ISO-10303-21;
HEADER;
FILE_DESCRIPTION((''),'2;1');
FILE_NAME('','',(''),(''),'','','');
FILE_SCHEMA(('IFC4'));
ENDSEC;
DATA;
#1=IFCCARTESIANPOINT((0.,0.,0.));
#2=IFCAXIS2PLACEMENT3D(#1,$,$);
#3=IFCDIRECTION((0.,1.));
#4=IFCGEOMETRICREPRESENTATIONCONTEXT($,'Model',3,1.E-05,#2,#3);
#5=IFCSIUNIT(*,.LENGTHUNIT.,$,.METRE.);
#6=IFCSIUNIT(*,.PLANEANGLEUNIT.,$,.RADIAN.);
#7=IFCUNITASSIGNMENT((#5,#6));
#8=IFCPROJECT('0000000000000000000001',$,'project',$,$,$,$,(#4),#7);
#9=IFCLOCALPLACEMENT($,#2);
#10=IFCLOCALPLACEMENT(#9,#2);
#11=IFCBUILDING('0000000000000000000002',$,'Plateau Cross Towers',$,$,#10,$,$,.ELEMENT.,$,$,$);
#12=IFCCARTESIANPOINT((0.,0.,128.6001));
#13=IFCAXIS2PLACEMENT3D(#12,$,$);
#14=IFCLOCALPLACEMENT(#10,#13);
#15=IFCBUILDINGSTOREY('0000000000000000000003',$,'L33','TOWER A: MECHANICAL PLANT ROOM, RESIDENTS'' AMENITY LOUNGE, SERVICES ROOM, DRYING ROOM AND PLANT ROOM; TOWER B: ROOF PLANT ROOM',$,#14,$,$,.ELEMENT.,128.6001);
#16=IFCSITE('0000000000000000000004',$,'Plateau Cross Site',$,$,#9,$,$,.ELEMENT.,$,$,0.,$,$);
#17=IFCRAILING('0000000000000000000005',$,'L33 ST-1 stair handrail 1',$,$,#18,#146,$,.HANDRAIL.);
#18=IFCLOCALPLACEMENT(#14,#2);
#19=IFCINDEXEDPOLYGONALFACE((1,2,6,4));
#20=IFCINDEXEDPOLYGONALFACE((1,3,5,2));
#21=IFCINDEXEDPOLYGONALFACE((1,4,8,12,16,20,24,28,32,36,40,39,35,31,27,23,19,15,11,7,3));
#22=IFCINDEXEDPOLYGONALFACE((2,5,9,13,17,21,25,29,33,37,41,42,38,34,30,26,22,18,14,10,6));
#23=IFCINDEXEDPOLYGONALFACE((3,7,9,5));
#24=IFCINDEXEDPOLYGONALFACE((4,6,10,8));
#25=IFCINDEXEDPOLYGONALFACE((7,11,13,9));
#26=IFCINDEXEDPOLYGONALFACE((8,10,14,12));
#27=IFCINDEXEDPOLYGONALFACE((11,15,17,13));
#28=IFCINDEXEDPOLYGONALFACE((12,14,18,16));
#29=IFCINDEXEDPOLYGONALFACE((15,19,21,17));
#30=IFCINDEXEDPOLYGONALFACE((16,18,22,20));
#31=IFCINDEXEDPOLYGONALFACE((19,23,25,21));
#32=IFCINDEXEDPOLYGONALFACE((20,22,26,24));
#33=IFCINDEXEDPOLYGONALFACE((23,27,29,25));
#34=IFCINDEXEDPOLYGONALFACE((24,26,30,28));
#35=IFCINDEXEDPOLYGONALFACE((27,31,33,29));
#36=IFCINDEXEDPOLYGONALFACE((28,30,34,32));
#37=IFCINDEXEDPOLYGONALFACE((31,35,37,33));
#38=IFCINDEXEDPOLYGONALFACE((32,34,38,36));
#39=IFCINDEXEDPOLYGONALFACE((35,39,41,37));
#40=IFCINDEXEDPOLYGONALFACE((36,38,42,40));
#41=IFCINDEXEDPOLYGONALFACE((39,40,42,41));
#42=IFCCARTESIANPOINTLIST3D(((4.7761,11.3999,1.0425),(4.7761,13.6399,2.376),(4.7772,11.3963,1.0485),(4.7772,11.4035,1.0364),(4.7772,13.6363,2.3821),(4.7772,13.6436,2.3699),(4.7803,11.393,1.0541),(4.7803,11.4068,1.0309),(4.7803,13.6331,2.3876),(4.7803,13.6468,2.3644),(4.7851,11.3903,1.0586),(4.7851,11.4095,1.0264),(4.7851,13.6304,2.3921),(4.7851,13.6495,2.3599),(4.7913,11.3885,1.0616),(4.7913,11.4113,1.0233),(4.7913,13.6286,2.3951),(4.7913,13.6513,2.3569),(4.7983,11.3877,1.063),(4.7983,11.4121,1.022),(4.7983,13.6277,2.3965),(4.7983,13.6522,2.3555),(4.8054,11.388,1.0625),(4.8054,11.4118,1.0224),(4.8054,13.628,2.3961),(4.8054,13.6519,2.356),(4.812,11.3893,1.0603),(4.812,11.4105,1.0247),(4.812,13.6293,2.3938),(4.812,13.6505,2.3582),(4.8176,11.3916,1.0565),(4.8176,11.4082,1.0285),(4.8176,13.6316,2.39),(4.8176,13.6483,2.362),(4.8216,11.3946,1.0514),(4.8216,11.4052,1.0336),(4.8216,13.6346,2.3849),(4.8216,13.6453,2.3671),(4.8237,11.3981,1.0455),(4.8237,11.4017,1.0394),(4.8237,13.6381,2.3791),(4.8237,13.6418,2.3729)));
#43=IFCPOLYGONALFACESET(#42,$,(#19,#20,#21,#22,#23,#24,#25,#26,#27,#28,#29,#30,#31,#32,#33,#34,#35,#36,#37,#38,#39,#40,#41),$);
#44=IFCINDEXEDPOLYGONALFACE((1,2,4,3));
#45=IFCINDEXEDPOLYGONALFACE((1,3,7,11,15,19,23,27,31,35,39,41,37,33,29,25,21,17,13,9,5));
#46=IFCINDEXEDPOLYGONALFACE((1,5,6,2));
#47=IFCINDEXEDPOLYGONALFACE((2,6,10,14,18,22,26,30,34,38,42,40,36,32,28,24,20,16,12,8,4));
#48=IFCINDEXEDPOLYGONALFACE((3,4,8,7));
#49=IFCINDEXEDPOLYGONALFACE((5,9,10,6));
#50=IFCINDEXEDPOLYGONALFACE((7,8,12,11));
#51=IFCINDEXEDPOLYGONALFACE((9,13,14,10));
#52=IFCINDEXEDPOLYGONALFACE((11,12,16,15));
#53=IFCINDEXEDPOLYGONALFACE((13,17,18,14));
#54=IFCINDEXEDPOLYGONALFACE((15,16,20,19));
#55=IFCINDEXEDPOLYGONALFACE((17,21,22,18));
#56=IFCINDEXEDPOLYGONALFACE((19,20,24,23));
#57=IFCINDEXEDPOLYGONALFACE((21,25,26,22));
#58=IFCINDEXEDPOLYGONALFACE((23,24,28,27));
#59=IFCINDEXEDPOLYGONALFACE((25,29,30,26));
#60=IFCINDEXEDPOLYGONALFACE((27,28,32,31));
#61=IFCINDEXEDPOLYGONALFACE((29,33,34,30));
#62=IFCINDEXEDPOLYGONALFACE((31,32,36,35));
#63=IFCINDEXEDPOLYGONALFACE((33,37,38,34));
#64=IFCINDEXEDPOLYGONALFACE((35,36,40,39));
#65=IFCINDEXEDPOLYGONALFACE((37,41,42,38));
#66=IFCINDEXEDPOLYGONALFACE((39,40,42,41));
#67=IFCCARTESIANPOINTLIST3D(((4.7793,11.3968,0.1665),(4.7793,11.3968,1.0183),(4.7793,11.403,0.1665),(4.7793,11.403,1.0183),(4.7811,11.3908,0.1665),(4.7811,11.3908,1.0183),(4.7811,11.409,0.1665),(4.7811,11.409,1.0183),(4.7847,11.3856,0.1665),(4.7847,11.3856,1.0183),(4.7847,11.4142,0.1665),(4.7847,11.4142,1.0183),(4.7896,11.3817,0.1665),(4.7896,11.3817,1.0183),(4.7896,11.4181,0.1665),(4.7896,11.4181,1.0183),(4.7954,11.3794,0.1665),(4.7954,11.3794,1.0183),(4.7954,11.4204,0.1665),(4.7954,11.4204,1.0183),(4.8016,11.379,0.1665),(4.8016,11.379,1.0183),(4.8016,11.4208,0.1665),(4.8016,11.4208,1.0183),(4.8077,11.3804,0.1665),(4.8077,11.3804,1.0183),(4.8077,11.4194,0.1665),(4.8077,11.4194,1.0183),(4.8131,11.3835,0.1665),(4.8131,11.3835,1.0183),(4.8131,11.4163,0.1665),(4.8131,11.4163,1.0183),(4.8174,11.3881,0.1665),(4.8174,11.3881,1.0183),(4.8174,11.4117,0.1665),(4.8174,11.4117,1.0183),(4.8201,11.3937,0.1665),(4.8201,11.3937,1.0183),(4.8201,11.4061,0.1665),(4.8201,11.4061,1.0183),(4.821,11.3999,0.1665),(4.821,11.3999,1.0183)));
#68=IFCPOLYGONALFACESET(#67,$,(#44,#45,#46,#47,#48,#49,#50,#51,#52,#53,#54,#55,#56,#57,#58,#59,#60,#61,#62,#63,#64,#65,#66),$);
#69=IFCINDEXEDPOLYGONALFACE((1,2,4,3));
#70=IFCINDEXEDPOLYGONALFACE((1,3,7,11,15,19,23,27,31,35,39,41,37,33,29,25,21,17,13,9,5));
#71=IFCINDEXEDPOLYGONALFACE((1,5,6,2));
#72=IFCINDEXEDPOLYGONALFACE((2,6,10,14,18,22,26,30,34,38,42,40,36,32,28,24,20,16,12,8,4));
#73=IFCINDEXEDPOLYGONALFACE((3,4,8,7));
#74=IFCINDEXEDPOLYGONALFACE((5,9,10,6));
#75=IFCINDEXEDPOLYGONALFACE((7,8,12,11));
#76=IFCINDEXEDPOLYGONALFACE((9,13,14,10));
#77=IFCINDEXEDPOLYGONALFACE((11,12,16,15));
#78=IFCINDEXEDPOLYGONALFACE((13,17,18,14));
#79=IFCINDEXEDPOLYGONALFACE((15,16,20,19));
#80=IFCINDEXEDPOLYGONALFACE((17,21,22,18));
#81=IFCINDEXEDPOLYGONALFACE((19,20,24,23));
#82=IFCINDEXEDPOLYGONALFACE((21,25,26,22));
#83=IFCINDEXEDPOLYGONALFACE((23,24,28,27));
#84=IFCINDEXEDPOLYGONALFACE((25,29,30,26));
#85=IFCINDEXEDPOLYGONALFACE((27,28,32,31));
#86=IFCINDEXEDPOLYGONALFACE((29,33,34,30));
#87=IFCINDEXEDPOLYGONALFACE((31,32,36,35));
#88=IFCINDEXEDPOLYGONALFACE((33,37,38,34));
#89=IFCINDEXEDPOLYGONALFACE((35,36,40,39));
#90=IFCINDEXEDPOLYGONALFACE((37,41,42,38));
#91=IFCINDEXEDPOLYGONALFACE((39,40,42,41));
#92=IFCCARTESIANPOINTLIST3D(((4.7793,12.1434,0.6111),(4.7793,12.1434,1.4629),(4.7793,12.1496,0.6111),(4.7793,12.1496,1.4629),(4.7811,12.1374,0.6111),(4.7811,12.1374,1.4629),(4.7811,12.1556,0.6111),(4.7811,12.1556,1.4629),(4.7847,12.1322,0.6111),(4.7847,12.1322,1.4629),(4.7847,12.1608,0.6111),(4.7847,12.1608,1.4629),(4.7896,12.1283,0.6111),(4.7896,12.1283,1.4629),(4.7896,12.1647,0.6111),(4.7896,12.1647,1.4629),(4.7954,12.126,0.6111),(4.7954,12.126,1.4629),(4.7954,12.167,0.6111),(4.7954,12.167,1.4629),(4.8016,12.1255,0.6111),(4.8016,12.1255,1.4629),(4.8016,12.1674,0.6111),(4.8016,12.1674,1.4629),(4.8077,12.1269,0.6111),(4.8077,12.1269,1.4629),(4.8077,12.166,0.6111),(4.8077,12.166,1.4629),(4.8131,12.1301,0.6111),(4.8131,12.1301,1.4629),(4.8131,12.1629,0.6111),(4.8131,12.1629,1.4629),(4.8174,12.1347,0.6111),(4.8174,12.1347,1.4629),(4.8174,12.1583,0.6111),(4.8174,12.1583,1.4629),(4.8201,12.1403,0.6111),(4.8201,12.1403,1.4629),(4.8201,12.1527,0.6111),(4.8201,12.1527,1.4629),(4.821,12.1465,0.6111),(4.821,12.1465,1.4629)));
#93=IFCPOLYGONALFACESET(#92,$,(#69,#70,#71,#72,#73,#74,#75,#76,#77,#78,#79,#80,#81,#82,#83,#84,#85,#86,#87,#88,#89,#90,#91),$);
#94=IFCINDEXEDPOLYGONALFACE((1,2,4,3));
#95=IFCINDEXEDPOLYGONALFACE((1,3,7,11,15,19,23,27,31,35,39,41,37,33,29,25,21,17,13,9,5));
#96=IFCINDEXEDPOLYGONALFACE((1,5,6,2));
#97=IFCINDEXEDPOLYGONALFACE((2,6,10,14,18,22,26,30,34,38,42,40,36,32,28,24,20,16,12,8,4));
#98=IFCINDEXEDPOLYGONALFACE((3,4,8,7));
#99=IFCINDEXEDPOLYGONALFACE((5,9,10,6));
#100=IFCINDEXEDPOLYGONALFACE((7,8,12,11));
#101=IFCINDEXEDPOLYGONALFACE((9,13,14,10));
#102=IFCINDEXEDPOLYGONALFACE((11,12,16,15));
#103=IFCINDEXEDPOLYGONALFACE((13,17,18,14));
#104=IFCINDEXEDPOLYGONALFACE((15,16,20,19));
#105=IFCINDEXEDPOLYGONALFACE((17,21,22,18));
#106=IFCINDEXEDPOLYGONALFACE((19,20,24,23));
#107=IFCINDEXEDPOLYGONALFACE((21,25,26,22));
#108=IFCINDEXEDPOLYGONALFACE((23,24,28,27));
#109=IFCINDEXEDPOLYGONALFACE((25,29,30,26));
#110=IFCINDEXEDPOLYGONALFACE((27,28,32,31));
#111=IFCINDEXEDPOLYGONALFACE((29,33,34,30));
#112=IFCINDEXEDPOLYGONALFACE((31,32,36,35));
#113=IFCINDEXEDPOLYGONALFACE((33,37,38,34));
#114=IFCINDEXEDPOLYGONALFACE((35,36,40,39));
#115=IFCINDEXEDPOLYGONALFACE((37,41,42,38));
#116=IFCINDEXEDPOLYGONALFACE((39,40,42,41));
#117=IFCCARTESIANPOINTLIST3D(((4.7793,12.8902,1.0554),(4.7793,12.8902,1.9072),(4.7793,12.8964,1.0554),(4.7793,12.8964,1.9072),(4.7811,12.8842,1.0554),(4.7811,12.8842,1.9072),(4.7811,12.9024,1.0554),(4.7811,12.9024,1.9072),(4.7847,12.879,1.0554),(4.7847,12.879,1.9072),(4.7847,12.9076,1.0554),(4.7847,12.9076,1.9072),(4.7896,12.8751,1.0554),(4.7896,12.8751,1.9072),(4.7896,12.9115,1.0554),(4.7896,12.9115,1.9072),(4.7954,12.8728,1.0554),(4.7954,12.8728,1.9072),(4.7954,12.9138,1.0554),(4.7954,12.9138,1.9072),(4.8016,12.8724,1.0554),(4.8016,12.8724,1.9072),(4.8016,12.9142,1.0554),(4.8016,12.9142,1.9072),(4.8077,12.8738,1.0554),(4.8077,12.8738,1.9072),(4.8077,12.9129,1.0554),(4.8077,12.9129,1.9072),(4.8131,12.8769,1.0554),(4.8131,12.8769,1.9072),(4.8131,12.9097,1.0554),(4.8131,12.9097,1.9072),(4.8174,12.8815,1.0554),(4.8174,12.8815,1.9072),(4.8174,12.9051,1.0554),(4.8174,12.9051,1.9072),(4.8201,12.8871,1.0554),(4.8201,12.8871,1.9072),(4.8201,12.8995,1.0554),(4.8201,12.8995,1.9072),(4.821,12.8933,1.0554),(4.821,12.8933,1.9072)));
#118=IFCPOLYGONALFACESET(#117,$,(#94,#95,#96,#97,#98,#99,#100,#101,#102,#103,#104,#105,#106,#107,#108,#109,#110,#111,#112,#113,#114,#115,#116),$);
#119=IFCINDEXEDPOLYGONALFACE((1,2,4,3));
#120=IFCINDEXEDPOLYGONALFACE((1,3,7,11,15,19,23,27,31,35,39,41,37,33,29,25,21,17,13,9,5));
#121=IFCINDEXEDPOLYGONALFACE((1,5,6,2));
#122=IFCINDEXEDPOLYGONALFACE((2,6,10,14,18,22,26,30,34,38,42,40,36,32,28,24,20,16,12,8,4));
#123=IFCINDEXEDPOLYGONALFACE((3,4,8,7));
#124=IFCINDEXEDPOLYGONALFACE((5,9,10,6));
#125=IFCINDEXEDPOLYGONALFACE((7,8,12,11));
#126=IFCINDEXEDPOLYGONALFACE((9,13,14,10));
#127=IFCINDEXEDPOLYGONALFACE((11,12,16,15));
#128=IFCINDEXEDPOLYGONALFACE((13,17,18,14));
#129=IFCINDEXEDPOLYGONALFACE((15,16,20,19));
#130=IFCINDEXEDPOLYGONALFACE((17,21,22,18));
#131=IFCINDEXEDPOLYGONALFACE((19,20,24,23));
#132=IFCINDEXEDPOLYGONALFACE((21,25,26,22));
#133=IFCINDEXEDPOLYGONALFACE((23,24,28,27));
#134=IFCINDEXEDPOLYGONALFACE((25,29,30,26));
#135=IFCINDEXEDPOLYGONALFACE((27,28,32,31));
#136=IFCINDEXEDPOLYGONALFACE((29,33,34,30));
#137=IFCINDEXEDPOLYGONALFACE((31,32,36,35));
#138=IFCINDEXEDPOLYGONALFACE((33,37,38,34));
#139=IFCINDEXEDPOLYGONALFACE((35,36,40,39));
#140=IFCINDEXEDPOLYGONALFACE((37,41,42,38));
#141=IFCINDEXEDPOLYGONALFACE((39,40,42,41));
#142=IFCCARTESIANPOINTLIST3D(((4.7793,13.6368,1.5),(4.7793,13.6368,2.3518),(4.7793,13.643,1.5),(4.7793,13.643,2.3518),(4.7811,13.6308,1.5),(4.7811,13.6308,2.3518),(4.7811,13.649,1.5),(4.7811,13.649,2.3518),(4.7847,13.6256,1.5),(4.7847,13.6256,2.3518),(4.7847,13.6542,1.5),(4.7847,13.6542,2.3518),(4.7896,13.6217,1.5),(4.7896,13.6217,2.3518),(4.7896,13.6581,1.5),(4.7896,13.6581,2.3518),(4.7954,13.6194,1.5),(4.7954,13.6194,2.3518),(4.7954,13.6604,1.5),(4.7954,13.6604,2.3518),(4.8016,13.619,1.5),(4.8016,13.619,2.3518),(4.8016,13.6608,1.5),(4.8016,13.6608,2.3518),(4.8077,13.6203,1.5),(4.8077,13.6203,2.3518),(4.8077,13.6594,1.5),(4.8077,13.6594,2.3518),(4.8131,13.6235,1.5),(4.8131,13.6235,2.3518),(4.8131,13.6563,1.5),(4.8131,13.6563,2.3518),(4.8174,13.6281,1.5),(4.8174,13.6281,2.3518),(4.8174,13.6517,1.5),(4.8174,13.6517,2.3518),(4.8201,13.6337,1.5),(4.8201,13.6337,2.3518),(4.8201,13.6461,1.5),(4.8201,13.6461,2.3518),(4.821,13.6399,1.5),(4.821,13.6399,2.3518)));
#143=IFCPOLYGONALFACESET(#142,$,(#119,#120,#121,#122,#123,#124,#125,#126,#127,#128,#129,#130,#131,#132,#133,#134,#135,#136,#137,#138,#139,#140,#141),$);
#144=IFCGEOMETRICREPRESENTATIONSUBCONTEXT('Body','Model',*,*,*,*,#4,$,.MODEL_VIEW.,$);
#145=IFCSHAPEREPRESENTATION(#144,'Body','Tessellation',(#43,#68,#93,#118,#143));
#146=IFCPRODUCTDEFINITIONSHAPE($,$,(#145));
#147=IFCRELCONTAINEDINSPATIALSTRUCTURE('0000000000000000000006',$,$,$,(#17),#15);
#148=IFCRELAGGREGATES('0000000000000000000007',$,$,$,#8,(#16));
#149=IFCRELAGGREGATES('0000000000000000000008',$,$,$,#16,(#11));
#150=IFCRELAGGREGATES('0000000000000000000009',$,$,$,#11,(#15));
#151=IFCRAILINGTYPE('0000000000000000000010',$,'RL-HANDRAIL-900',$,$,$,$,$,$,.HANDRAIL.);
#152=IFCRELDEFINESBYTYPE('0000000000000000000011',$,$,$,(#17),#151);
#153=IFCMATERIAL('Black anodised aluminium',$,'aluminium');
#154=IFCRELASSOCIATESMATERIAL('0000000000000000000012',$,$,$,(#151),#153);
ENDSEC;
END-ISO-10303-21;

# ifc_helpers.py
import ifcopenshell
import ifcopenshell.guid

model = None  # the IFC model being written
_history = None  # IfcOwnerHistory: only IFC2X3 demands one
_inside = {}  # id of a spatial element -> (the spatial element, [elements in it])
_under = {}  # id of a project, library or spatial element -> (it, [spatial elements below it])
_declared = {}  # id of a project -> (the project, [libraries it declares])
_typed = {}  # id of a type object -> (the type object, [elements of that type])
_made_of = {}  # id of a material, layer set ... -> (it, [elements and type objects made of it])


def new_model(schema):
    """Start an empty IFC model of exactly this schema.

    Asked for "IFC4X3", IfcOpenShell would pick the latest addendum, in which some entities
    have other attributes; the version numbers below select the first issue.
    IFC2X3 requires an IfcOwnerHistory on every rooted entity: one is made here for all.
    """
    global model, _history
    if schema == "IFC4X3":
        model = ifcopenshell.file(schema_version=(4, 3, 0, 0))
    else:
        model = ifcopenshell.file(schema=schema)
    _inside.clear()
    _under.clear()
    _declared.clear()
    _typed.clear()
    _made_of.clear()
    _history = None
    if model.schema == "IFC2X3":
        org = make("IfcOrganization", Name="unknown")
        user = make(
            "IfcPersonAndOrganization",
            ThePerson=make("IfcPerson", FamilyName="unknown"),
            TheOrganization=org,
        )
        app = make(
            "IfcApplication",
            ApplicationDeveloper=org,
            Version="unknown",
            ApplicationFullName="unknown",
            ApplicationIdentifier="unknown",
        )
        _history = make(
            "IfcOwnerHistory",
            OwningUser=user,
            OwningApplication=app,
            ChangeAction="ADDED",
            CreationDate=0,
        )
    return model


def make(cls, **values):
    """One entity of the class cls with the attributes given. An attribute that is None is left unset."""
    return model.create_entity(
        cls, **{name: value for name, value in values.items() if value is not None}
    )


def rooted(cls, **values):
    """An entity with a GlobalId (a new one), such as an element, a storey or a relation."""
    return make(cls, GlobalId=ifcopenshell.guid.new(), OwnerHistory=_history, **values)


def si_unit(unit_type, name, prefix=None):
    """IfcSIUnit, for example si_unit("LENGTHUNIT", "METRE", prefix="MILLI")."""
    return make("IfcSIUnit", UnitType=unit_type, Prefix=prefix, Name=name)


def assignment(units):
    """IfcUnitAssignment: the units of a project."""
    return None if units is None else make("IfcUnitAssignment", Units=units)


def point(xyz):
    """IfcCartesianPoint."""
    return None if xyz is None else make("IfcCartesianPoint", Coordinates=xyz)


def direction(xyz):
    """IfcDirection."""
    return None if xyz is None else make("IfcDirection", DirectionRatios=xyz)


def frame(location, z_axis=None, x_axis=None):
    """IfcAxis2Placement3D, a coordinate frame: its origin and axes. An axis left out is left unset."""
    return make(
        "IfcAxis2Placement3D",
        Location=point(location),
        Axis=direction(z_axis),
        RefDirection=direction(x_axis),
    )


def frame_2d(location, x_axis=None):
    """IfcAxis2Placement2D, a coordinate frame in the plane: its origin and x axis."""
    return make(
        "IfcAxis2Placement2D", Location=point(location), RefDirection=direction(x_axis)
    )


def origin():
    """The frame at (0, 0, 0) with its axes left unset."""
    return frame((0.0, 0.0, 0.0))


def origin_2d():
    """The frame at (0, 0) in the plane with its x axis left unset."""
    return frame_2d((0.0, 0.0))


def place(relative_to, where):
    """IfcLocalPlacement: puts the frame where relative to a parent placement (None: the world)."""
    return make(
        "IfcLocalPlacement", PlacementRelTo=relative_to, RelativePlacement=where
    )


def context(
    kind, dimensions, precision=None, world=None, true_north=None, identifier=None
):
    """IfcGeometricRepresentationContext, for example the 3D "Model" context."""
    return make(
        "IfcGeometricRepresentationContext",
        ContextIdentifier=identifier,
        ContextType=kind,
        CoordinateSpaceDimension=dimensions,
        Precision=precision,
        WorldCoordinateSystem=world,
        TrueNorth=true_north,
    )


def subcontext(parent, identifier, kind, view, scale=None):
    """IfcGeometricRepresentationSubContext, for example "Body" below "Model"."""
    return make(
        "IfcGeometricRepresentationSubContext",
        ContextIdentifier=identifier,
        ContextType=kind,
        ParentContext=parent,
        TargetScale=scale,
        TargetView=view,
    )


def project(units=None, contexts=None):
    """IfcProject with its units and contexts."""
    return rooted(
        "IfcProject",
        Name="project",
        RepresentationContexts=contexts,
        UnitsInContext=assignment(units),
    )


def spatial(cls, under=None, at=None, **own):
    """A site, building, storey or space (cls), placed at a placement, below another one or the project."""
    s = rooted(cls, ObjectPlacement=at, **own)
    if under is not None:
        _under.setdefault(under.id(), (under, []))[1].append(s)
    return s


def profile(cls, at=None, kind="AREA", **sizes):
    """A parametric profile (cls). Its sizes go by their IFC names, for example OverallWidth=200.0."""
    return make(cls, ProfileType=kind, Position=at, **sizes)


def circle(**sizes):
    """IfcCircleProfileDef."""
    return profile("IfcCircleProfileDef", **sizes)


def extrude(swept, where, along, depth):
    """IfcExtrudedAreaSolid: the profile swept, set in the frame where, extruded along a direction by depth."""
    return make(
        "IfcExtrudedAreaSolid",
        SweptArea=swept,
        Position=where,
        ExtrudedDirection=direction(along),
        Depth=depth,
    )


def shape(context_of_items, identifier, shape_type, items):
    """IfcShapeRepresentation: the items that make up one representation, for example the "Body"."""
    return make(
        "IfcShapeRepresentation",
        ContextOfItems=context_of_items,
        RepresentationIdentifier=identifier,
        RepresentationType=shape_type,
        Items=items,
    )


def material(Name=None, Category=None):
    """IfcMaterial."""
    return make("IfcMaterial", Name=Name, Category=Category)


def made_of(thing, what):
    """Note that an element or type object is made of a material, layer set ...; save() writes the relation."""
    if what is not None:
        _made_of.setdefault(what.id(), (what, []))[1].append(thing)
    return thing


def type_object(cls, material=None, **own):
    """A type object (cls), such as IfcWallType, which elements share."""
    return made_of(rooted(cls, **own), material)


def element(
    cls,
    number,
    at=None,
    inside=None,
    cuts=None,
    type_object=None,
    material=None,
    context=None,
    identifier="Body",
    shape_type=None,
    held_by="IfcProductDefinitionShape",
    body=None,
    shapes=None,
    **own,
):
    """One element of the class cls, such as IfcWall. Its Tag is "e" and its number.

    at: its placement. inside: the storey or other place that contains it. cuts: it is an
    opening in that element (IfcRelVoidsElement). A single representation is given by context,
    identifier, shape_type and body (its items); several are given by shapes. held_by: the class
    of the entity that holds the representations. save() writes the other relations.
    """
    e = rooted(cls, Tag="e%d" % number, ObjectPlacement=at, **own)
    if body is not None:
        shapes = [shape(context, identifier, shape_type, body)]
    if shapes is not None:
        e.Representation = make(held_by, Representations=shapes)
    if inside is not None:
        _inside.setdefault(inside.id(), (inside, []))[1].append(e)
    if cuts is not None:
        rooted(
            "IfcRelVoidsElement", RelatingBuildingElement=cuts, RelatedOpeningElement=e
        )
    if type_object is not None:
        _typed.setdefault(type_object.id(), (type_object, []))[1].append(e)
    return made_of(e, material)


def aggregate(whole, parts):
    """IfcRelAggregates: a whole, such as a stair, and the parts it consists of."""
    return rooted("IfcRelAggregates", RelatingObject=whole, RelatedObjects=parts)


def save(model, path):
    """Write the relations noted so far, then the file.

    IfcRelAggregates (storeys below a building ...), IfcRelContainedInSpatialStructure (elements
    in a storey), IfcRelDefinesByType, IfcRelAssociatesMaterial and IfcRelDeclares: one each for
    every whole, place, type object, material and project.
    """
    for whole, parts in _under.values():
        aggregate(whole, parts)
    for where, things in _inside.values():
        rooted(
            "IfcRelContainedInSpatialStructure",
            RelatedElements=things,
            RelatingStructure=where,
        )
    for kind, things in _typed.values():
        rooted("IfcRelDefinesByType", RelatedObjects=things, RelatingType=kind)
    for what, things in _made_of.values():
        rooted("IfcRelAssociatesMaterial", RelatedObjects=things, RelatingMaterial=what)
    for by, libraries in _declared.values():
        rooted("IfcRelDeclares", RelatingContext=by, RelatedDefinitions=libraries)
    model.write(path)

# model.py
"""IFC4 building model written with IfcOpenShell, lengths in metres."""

from ifc_helpers import new_model, si_unit, direction, frame, origin, origin_2d, place, context, subcontext, project, spatial, circle, extrude, material, type_object, element, save


model = new_model("IFC4")

# Units and contexts
model_context = context("Model", 3, precision=1e-05, world=origin(), true_north=direction((0.0, 1.0)))
body_context = subcontext(model_context, "Body", "Model", "MODEL_VIEW")
ifc_project = project(units=[si_unit("LENGTHUNIT", "METRE"), si_unit("PLANEANGLEUNIT", "RADIAN")], contexts=[model_context])

# Site, building, storey
site_placement = place(None, origin())
site = spatial("IfcSite", under=ifc_project, at=site_placement, Name="Plateau Cross Site", CompositionType="ELEMENT", RefElevation=0.0)
building_placement = place(site_placement, origin())
building = spatial("IfcBuilding", under=site, at=building_placement, Name="Plateau Cross Towers", CompositionType="ELEMENT")
storey_placement = place(building_placement, frame((0.0, 0.0, 128.6001)))
storey = spatial("IfcBuildingStorey", under=building, at=storey_placement, Name="L33", Description="TOWER A: MECHANICAL PLANT ROOM, RESIDENTS' AMENITY LOUNGE, SERVICES ROOM, DRYING ROOM AND PLANT ROOM; TOWER B: ROOF PLANT ROOM", CompositionType="ELEMENT", Elevation=128.6001)

# Railing
ifc_material_1 = material(Name="Black anodised aluminium", Category="aluminium")
railing_type_1 = type_object("IfcRailingType", Name="RL-HANDRAIL-900", PredefinedType="HANDRAIL", material=ifc_material_1)
for number, where, name in (
    (1, (4.8, 11.3999, 0.1665), "L33 ST-1 stair handrail 1"),
):
    element("IfcRailing", number, at=place(storey_placement, frame(where)), inside=storey, type_object=railing_type_1, Name=name, PredefinedType="HANDRAIL", context=body_context, shape_type="SweptSolid", body=[
        extrude(circle(Radius=0.0239, at=origin_2d()), frame((0.0, 0.0, 0.876), z_axis=(0.0, 0.859264, 0.511532), x_axis=(-1.0, 0.0, 0.0)), (0.0, 0.0, 1.0), 2.6069),
        extrude(circle(Radius=0.021, at=origin_2d()), origin(), (0.0, 0.0, 1.0), 0.8518),
        extrude(circle(Radius=0.021, at=origin_2d()), frame((0.0, 0.7466, 0.4446)), (0.0, 0.0, 1.0), 0.8518),
        extrude(circle(Radius=0.021, at=origin_2d()), frame((0.0, 1.4934, 0.8889)), (0.0, 0.0, 1.0), 0.8518),
        extrude(circle(Radius=0.021, at=origin_2d()), frame((0.0, 2.24, 1.3335)), (0.0, 0.0, 1.0), 0.8518),
    ])

save(model, "model.ifc")
